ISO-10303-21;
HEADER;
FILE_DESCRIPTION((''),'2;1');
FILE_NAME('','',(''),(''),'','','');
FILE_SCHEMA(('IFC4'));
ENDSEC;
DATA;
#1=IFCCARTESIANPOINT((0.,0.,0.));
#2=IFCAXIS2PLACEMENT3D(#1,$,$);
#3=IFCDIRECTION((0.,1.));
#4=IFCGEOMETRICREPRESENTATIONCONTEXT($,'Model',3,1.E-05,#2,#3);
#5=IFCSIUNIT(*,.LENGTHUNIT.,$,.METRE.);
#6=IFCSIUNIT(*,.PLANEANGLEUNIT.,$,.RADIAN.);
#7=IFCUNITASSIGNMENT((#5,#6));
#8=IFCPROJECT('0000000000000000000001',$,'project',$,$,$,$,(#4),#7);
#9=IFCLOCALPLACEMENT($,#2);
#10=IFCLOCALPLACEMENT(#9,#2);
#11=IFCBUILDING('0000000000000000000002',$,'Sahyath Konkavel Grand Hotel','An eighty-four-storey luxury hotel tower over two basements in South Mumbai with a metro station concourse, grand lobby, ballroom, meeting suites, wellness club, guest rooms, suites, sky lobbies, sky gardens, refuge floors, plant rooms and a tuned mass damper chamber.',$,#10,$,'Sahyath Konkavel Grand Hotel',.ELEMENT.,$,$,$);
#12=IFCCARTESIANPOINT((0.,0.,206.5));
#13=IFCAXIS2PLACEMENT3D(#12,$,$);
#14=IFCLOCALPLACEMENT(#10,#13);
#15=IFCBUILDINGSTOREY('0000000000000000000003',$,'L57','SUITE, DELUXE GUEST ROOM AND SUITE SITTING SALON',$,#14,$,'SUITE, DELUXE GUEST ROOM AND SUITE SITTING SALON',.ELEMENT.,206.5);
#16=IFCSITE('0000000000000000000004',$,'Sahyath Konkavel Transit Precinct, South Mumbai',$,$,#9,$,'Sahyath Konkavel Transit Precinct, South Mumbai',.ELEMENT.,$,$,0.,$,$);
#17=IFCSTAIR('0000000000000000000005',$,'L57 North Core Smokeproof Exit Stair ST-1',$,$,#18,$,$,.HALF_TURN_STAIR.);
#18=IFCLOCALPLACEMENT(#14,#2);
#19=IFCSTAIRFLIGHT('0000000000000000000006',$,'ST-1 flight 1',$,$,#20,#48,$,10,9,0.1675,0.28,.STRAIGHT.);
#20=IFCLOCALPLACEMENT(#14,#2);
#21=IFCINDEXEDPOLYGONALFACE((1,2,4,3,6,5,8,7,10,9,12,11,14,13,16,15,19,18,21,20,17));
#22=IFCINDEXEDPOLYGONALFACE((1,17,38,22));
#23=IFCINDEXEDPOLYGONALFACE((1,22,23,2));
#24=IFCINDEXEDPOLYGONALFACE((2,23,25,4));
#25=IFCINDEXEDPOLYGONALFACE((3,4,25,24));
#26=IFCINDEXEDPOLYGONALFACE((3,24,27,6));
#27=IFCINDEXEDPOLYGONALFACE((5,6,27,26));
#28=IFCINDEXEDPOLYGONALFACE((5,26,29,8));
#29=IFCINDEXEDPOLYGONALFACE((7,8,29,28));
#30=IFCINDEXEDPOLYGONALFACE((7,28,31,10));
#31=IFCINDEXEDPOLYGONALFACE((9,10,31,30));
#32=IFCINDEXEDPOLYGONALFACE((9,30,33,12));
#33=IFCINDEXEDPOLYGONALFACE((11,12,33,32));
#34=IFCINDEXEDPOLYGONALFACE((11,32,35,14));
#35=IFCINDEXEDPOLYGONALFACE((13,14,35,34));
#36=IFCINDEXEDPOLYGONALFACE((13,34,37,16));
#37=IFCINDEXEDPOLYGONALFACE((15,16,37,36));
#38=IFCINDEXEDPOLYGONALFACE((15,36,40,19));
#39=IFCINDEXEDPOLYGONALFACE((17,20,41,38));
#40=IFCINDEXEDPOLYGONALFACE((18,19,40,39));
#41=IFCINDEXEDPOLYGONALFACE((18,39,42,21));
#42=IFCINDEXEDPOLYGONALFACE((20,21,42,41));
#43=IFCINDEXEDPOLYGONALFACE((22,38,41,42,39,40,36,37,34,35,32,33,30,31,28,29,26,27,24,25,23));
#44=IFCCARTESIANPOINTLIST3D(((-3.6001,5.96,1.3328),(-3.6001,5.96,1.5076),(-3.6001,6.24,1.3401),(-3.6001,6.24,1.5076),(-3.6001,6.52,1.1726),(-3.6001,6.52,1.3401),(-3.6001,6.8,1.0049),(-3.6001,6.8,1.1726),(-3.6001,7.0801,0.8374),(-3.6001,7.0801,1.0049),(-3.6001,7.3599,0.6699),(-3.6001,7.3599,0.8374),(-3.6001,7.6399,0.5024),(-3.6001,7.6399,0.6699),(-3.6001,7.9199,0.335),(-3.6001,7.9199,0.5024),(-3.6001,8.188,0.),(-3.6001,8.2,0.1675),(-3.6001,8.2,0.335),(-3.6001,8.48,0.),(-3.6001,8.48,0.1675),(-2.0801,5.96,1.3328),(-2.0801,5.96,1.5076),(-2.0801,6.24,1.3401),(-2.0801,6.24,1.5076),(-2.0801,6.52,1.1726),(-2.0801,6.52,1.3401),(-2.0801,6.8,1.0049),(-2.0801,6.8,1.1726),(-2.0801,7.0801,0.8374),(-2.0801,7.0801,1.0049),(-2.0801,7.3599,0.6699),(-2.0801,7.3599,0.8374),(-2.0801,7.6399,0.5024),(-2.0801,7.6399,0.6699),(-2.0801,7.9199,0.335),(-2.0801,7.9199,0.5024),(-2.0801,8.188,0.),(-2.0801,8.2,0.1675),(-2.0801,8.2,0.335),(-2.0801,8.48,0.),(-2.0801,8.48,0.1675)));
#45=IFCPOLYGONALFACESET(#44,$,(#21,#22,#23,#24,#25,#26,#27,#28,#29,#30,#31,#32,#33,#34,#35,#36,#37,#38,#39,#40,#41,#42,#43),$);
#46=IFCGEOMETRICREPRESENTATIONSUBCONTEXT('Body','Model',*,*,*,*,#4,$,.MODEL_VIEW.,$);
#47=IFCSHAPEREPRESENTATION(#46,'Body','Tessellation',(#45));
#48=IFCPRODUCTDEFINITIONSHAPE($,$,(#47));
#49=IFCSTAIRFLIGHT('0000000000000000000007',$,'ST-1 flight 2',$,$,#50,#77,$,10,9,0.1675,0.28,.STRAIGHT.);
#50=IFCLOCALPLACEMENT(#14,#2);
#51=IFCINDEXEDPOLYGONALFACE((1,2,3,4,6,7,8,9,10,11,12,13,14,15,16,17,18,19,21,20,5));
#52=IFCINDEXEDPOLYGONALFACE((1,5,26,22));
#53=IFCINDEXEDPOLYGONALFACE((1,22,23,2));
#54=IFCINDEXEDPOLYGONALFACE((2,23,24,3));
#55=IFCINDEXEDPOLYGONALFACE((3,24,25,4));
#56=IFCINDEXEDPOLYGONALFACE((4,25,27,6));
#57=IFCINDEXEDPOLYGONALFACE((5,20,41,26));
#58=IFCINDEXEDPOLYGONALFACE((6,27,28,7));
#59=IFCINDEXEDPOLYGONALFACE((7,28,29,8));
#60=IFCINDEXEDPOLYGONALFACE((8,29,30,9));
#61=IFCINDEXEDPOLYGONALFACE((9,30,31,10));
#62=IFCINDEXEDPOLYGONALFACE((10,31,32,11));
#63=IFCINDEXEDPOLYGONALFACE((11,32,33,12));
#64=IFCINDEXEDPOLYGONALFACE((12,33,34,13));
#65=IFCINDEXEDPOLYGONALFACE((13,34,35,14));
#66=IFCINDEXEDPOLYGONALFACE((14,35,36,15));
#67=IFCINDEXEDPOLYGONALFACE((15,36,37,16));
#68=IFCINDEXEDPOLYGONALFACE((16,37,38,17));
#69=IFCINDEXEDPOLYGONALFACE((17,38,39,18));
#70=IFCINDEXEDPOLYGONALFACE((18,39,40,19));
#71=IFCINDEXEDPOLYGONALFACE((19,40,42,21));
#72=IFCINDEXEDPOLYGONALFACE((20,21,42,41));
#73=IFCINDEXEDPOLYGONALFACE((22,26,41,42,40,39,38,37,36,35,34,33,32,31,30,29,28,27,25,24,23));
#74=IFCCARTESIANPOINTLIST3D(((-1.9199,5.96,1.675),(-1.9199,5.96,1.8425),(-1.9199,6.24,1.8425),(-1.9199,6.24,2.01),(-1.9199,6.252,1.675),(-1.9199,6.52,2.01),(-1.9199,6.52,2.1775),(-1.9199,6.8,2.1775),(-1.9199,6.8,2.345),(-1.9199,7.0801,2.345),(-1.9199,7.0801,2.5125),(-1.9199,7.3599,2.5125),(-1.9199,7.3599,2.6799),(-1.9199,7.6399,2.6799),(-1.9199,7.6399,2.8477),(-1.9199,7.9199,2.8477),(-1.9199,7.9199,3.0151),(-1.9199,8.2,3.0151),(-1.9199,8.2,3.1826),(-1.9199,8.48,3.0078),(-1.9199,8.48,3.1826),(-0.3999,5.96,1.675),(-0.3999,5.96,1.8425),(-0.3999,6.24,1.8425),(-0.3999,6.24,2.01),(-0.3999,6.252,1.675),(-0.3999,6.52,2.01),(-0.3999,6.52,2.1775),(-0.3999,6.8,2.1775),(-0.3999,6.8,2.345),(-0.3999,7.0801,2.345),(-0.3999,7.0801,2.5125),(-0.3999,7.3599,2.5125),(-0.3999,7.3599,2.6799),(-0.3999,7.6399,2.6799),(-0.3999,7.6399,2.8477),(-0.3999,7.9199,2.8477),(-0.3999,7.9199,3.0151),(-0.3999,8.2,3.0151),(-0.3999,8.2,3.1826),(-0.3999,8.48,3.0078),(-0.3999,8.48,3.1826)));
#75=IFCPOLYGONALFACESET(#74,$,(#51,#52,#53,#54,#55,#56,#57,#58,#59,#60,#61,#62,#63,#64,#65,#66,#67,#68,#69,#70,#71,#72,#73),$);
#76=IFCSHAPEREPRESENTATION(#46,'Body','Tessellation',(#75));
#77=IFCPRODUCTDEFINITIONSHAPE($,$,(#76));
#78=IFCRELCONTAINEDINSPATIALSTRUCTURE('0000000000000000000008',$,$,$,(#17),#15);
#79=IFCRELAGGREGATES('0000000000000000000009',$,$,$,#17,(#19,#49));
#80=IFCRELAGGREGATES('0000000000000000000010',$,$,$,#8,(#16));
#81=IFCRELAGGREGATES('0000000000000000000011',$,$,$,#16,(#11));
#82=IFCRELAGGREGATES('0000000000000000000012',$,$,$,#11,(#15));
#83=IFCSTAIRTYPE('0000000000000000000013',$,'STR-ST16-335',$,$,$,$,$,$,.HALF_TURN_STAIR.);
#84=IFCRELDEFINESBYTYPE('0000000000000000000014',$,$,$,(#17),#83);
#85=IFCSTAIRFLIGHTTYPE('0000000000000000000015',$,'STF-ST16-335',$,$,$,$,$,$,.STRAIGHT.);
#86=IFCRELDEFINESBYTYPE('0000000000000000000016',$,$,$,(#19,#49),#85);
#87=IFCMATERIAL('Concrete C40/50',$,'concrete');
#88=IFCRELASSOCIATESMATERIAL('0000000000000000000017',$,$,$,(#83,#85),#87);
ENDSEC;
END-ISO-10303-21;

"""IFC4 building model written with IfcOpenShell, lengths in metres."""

from ifc_helpers import new_model, si_unit, direction, frame, origin, place, context, subcontext, project, spatial, polyline, outline, extrude, material, type_object, element, aggregate, save


model = new_model("IFC4")

# Units and contexts
model_context = context("Model", 3, precision=1e-05, world=origin(), true_north=direction((0.0, 1.0)))
body_context = subcontext(model_context, "Body", "Model", "MODEL_VIEW")
ifc_project = project(units=[si_unit("LENGTHUNIT", "METRE"), si_unit("PLANEANGLEUNIT", "RADIAN")], contexts=[model_context])

# Site, building, storey
site_placement = place(None, origin())
site = spatial("IfcSite", under=ifc_project, at=site_placement, Name="Sahyath Konkavel Transit Precinct, South Mumbai", LongName="Sahyath Konkavel Transit Precinct, South Mumbai", CompositionType="ELEMENT", RefElevation=0.0)
building_placement = place(site_placement, origin())
building = spatial("IfcBuilding", under=site, at=building_placement, Name="Sahyath Konkavel Grand Hotel", Description="An eighty-four-storey luxury hotel tower over two basements in South Mumbai with a metro station concourse, grand lobby, ballroom, meeting suites, wellness club, guest rooms, suites, sky lobbies, sky gardens, refuge floors, plant rooms and a tuned mass damper chamber.", LongName="Sahyath Konkavel Grand Hotel", CompositionType="ELEMENT")
storey_placement = place(building_placement, frame((0.0, 0.0, 206.5)))
storey = spatial("IfcBuildingStorey", under=building, at=storey_placement, Name="L57", Description="SUITE, DELUXE GUEST ROOM AND SUITE SITTING SALON", LongName="SUITE, DELUXE GUEST ROOM AND SUITE SITTING SALON", CompositionType="ELEMENT", Elevation=206.5)

# Shared definitions
ifc_material_1 = material(Name="Concrete C40/50", Category="concrete")

# Stair, stair flights
stair_type = type_object("IfcStairType", Name="STR-ST16-335", PredefinedType="HALF_TURN_STAIR", material=ifc_material_1)
stair_placement = place(storey_placement, origin())
stair = element("IfcStair", 1, at=stair_placement, inside=storey, type_object=stair_type, Name="L57 North Core Smokeproof Exit Stair ST-1", PredefinedType="HALF_TURN_STAIR")
stair_flight_type = type_object("IfcStairFlightType", Name="STF-ST16-335", PredefinedType="STRAIGHT", material=ifc_material_1)
stair_flight_1_placement = place(storey_placement, frame((-2.8401, 8.48, 0.0), z_axis=(0.0, 0.0, 1.0), x_axis=(0.0, -1.0, 0.0)))
stair_flight_1 = element("IfcStairFlight", 2, at=stair_flight_1_placement, type_object=stair_flight_type, Name="ST-1 flight 1", NumberOfRisers=10, NumberOfTreads=9, PredefinedType="STRAIGHT", RiserHeight=0.1675, TreadLength=0.28, context=body_context, shape_type="SweptSolid", body=[
    extrude(outline(polyline([(0.0, 0.0), (0.0, 0.1675), (0.28, 0.1675), (0.28, 0.335), (0.5601, 0.335), (0.5601, 0.5024), (0.8401, 0.5024), (0.8401, 0.6699), (1.1201, 0.6699), (1.1201, 0.8374), (1.3999, 0.8374), (1.3999, 1.0049), (1.6799, 1.0049), (1.6799, 1.1726), (1.96, 1.1726), (1.96, 1.3401), (2.24, 1.3401), (2.24, 1.5076), (2.52, 1.5076), (2.52, 1.675), (2.52, 1.3328), (0.292, 0.0), (0.0, 0.0)])), frame((0.0, 0.76, 0.0), z_axis=(0.0, -1.0, 0.0), x_axis=(1.0, 0.0, 0.0)), (0.0, 0.0, 1.0), 1.52),
])
stair_flight_2_placement = place(storey_placement, frame((-1.1599, 5.96, 1.675), z_axis=(0.0, 0.0, 1.0), x_axis=(0.0, 1.0, 0.0)))
stair_flight_2 = element("IfcStairFlight", 3, at=stair_flight_2_placement, type_object=stair_flight_type, Name="ST-1 flight 2", NumberOfRisers=10, NumberOfTreads=9, PredefinedType="STRAIGHT", RiserHeight=0.1675, TreadLength=0.28, context=body_context, shape_type="SweptSolid", body=[
    extrude(outline(polyline([(0.0, 0.0), (0.0, 0.1675), (0.28, 0.1675), (0.28, 0.335), (0.5601, 0.335), (0.5601, 0.5024), (0.8401, 0.5024), (0.8401, 0.6699), (1.1201, 0.6699), (1.1201, 0.8374), (1.3999, 0.8374), (1.3999, 1.0049), (1.6799, 1.0049), (1.6799, 1.1726), (1.96, 1.1726), (1.96, 1.3401), (2.24, 1.3401), (2.24, 1.5076), (2.52, 1.5076), (2.52, 1.675), (2.52, 1.3328), (0.292, 0.0), (0.0, 0.0)])), frame((0.0, 0.76, 0.0), z_axis=(0.0, -1.0, 0.0), x_axis=(1.0, 0.0, 0.0)), (0.0, 0.0, 1.0), 1.52),
])
aggregate(stair, [stair_flight_1, stair_flight_2])

save(model, "model.ifc")
